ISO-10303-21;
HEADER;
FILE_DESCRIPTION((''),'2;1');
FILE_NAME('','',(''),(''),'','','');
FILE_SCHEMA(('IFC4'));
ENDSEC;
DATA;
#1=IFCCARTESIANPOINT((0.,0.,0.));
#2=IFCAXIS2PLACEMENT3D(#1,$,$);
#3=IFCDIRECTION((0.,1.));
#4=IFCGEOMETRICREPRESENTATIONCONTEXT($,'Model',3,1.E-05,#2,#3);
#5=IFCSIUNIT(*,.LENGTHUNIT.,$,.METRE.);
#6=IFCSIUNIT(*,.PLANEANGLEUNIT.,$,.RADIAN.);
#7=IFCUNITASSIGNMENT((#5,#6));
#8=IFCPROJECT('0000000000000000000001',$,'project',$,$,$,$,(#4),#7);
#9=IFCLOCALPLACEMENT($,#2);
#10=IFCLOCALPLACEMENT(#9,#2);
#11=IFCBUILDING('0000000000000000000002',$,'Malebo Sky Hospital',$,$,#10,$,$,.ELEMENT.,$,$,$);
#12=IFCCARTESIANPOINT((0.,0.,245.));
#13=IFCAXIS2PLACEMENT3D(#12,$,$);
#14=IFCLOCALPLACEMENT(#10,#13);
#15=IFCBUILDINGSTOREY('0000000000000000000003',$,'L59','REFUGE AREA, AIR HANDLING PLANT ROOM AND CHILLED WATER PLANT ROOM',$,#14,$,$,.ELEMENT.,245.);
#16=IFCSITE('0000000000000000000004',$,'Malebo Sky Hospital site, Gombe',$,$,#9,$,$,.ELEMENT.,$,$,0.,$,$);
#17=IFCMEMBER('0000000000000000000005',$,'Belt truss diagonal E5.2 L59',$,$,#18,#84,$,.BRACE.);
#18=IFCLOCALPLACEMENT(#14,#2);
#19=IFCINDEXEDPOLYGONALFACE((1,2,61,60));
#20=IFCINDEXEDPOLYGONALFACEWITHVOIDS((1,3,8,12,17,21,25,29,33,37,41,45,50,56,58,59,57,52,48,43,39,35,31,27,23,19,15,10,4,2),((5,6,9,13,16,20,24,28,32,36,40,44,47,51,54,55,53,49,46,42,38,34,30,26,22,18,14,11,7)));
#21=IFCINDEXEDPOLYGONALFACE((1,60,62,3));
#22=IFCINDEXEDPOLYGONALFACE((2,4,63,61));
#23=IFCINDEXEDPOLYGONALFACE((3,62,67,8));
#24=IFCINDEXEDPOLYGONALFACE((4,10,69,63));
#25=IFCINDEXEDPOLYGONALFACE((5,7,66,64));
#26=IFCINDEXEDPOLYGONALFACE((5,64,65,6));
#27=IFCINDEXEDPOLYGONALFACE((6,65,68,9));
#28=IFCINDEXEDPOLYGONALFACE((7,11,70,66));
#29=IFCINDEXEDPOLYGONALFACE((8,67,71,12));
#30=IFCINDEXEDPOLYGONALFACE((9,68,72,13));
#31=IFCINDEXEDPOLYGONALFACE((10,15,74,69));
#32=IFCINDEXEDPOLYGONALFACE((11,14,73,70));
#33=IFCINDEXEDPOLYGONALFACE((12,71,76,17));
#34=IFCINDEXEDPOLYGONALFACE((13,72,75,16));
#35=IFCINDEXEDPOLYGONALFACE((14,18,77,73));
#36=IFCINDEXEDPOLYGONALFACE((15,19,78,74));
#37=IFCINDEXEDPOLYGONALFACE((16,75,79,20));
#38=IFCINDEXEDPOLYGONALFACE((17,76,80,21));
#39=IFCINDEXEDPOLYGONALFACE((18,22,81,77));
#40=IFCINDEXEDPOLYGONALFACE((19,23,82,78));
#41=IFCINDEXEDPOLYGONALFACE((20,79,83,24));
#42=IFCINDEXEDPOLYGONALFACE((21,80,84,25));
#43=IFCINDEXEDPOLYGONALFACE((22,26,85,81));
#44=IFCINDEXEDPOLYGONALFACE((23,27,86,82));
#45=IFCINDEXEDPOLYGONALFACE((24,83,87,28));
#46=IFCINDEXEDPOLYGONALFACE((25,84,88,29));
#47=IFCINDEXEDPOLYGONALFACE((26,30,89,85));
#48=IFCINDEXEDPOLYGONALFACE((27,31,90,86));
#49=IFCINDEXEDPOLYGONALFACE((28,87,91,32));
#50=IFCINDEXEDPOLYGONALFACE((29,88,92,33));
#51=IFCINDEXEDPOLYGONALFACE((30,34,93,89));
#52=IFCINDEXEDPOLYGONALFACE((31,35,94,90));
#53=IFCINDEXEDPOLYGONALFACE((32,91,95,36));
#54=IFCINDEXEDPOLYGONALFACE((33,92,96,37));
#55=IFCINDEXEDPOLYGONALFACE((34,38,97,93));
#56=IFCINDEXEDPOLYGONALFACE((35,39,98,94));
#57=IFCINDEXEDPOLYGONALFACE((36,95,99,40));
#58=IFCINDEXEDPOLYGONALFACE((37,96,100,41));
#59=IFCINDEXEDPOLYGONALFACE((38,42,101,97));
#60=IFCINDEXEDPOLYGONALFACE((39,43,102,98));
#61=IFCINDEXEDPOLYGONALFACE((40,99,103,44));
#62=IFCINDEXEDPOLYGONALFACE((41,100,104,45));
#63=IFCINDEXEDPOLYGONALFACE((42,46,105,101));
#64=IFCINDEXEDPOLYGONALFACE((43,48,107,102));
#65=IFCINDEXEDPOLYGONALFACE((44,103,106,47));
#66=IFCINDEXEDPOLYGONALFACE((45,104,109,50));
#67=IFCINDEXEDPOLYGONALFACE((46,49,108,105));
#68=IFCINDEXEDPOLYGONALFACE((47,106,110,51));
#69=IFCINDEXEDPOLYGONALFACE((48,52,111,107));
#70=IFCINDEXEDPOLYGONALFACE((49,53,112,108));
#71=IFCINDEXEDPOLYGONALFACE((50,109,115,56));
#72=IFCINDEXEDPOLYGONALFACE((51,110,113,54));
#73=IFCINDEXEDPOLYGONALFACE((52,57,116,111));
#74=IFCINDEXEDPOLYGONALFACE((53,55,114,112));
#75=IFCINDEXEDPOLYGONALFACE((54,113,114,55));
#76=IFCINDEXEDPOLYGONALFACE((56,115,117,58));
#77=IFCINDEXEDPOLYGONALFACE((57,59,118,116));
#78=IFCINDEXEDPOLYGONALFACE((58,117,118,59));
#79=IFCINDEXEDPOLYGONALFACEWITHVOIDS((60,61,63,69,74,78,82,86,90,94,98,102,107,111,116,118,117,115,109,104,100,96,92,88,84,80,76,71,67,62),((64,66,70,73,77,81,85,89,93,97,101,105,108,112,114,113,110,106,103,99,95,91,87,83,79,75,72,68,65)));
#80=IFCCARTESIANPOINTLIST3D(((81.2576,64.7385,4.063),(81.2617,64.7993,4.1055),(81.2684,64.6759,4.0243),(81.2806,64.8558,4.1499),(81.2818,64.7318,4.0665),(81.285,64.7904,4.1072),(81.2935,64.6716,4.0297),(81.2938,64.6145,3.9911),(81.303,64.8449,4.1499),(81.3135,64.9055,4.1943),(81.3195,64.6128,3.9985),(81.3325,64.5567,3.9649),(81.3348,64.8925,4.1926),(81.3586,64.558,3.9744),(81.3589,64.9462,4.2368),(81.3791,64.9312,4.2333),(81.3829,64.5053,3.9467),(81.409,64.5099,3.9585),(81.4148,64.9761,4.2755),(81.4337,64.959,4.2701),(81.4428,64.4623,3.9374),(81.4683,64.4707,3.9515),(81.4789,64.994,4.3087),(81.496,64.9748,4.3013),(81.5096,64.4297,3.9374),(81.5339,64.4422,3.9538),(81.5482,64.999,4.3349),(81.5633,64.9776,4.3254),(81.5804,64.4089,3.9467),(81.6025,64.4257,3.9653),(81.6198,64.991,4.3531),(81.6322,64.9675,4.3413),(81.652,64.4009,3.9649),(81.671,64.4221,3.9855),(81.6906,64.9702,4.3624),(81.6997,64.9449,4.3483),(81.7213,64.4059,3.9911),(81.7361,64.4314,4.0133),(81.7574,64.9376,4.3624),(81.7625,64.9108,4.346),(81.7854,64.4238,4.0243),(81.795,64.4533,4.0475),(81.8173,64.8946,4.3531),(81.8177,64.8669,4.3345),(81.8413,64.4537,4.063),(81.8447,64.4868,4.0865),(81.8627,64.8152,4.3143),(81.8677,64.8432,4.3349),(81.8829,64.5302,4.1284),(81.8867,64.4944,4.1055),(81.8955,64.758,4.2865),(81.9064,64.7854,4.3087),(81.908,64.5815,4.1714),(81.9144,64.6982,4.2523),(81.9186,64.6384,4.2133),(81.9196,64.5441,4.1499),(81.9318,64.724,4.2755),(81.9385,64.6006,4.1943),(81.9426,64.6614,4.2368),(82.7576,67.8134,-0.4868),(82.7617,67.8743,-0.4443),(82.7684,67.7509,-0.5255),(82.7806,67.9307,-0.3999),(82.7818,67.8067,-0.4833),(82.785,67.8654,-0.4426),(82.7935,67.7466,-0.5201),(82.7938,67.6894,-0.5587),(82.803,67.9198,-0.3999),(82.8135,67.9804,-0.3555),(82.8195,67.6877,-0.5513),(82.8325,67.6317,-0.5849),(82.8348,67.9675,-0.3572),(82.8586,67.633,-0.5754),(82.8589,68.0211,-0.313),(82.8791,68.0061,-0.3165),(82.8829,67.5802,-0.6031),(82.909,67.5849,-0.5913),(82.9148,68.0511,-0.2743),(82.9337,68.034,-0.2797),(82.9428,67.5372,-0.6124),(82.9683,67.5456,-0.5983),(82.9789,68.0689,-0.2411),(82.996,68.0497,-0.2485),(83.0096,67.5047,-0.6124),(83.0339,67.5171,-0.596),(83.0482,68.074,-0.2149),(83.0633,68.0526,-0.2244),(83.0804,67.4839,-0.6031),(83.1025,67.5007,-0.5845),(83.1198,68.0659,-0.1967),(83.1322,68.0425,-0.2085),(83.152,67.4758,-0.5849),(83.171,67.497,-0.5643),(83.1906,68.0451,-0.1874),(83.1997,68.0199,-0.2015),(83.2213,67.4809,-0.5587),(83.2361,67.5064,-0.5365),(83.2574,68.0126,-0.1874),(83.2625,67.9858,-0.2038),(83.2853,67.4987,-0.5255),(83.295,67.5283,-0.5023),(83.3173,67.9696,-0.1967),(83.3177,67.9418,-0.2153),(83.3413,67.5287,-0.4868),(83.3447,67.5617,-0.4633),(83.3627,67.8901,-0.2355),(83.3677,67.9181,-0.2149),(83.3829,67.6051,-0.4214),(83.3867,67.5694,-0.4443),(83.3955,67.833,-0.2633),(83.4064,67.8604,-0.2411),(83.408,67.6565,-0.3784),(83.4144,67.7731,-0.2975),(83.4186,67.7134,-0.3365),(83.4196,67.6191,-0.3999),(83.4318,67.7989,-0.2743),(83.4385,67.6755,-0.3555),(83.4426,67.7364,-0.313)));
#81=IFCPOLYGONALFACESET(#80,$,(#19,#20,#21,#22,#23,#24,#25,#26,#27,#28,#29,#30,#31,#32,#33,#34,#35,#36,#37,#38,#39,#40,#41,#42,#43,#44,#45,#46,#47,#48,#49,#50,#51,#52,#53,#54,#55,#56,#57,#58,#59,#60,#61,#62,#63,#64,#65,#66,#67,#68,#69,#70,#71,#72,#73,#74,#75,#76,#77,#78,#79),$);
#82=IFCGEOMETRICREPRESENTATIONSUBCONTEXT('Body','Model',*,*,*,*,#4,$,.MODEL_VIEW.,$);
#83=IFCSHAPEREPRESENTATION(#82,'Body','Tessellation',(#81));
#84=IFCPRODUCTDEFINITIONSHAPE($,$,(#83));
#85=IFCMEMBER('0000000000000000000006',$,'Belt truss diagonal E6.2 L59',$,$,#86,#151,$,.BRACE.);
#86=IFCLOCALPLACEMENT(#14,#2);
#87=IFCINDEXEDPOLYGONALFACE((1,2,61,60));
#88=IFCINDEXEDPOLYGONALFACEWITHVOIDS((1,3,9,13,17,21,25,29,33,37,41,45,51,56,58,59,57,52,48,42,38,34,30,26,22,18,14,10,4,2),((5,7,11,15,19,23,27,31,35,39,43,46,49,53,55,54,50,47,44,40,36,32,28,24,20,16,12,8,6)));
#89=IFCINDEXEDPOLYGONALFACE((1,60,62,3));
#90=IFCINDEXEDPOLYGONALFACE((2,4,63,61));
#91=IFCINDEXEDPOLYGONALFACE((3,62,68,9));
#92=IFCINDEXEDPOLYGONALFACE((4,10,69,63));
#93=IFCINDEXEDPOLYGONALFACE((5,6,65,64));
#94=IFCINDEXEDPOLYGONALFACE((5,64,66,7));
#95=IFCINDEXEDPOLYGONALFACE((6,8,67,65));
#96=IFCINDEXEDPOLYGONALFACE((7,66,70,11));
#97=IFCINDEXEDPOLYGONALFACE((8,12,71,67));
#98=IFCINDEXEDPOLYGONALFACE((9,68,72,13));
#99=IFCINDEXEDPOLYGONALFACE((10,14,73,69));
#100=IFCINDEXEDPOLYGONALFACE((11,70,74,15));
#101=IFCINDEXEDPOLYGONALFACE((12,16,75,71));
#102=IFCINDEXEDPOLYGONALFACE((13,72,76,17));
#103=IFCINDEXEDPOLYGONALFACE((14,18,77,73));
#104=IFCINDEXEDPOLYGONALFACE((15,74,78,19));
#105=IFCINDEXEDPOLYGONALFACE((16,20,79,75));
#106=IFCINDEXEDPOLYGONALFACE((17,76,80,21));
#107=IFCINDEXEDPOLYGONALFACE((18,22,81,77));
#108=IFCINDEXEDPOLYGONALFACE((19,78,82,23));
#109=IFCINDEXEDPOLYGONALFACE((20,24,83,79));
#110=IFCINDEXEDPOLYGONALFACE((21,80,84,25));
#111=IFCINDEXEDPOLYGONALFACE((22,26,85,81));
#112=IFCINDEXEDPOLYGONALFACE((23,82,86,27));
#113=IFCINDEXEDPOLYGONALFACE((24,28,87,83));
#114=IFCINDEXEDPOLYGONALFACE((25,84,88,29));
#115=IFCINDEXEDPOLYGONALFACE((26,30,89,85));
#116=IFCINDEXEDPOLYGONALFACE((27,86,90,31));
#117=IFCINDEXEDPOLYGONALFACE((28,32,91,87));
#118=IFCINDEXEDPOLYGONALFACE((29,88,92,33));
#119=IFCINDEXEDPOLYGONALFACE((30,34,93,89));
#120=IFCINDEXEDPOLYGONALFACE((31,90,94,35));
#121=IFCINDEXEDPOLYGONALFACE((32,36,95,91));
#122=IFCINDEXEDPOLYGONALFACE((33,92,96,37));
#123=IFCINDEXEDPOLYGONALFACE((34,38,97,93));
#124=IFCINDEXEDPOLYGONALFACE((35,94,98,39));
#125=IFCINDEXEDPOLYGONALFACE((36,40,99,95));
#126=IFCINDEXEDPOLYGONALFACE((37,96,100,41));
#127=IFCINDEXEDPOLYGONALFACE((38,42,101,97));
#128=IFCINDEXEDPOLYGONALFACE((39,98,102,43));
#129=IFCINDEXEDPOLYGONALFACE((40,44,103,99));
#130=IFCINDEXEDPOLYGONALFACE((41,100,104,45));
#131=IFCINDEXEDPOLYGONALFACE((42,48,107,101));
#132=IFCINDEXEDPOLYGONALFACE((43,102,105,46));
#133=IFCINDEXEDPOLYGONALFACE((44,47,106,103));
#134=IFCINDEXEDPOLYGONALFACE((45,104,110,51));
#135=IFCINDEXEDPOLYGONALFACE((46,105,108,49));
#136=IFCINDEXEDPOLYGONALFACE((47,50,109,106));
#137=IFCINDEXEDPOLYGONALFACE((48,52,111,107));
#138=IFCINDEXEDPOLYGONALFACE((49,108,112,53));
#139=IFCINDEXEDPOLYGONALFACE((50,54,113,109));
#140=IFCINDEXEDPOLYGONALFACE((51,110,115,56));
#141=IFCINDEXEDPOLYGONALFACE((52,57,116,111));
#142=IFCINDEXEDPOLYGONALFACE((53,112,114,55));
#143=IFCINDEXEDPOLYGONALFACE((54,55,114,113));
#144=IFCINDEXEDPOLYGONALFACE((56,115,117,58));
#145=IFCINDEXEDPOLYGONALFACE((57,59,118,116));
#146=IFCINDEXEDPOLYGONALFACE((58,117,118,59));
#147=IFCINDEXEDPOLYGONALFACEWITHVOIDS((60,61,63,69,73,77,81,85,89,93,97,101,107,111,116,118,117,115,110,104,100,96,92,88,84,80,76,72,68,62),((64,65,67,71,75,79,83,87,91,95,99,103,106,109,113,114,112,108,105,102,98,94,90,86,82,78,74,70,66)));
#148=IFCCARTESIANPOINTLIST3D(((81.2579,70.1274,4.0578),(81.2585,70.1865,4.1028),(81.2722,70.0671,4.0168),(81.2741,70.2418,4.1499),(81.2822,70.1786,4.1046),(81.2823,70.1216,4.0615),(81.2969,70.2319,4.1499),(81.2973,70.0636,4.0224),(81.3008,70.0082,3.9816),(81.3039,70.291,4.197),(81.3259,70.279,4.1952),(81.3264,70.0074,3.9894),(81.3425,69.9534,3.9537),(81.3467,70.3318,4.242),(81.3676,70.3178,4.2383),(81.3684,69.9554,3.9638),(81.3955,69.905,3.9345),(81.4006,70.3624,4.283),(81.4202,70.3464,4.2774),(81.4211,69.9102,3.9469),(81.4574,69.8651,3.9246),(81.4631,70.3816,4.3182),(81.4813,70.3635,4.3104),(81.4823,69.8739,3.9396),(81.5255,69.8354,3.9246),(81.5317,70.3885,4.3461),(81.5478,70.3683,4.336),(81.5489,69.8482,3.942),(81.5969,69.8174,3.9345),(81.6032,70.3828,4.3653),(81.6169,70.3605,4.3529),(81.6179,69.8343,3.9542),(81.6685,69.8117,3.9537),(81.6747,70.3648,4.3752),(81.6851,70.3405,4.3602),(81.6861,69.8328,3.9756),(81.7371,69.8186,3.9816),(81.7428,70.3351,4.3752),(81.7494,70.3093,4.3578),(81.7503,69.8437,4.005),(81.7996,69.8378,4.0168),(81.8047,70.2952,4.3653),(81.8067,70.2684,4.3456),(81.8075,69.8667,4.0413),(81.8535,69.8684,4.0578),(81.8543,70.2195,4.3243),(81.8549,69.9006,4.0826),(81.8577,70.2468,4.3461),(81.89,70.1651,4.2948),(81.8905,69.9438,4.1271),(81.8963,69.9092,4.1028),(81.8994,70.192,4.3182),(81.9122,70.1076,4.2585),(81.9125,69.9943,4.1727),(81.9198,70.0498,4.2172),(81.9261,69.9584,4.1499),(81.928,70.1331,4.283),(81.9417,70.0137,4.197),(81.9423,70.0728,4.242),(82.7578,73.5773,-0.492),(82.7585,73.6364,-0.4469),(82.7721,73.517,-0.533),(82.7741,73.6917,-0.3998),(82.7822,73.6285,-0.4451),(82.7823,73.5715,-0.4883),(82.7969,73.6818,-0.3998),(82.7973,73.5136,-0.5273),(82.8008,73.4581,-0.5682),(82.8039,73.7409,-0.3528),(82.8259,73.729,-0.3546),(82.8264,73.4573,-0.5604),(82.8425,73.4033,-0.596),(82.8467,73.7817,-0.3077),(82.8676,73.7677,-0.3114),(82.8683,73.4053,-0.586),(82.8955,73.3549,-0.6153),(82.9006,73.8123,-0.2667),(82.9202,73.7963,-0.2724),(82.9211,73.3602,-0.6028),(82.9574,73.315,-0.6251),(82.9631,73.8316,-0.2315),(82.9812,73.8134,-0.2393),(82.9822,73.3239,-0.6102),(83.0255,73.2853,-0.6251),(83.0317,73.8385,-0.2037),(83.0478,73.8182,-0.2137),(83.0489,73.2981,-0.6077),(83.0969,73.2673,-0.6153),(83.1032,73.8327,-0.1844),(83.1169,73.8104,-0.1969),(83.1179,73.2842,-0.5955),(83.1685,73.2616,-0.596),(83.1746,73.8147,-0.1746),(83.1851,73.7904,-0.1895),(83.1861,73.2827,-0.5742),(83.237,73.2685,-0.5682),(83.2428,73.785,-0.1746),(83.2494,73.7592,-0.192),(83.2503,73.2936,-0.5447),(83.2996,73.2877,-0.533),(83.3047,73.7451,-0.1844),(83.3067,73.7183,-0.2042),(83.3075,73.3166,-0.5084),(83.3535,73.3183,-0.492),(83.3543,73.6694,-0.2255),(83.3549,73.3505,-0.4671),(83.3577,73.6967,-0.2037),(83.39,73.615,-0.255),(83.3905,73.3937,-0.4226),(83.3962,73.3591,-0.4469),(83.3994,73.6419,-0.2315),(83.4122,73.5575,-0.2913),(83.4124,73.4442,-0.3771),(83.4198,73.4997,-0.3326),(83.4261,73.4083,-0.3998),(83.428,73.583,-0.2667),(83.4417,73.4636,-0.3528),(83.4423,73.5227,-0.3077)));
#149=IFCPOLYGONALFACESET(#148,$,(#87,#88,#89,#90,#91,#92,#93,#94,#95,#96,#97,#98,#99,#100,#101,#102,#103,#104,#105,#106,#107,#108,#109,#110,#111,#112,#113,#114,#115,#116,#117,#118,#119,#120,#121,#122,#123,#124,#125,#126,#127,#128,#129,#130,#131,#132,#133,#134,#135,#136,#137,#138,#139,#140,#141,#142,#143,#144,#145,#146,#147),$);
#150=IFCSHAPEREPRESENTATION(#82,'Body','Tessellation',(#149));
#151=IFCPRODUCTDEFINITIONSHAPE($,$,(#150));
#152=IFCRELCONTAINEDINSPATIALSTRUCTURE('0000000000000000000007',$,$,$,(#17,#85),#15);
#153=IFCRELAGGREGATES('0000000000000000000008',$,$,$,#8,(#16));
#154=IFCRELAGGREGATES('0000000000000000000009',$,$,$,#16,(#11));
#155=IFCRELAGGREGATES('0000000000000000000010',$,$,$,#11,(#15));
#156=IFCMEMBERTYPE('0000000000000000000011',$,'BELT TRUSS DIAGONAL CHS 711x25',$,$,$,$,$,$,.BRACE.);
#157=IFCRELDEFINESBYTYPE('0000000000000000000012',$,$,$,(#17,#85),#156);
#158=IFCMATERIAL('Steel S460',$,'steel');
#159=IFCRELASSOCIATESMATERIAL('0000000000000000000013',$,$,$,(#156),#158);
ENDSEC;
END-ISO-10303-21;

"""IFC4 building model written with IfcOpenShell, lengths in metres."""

from ifc_helpers import new_model, si_unit, direction, frame, origin, origin_2d, place, context, subcontext, project, spatial, hollow_circle, extrude, material, material_profile, profile_set, type_object, element, save


model = new_model("IFC4")

# Units and contexts
model_context = context("Model", 3, precision=1e-05, world=origin(), true_north=direction((0.0, 1.0)))
body_context = subcontext(model_context, "Body", "Model", "MODEL_VIEW")
ifc_project = project(units=[si_unit("LENGTHUNIT", "METRE"), si_unit("PLANEANGLEUNIT", "RADIAN")], contexts=[model_context])

# Site, building, storey
site_placement = place(None, origin())
site = spatial("IfcSite", under=ifc_project, at=site_placement, Name="Malebo Sky Hospital site, Gombe", CompositionType="ELEMENT", RefElevation=0.0)
building_placement = place(site_placement, origin())
building = spatial("IfcBuilding", under=site, at=building_placement, Name="Malebo Sky Hospital", CompositionType="ELEMENT")
storey_placement = place(building_placement, frame((0.0, 0.0, 245.0)))
storey = spatial("IfcBuildingStorey", under=building, at=storey_placement, Name="L59", Description="REFUGE AREA, AIR HANDLING PLANT ROOM AND CHILLED WATER PLANT ROOM", CompositionType="ELEMENT", Elevation=245.0)

# Members
ifc_material_1 = material(Name="Steel S460", Category="steel")
ifc_material_profile_1 = material_profile(ifc_material_1, hollow_circle(Radius=0.3555, WallThickness=0.0249, at=origin_2d()), Name="CHS 711x25")
ifc_profile_set_1 = profile_set([ifc_material_profile_1], Name="Steel S460")
member_type_1 = type_object("IfcMemberType", Name="BELT TRUSS DIAGONAL CHS 711x25", PredefinedType="BRACE", material=ifc_profile_set_1)
member_1_placement = place(storey_placement, frame((81.6001, 64.7, 4.1499), z_axis=(0.263499, 0.540163, -0.799245), x_axis=(-0.898766, 0.438429, 0.0)))
element("IfcMember", 1, at=member_1_placement, inside=storey, type_object=member_type_1, Name="Belt truss diagonal E5.2 L59", PredefinedType="BRACE", context=body_context, shape_type="SweptSolid", body=[
    extrude(hollow_circle(Radius=0.3555, WallThickness=0.0249, at=origin_2d()), origin(), (0.0, 0.0, 1.0), 5.6926),
])
member_2_placement = place(storey_placement, frame((81.6001, 70.1001, 4.1499), z_axis=(0.254081, 0.584378, -0.770679), x_axis=(-0.917068, 0.398731, 0.0)))
element("IfcMember", 2, at=member_2_placement, inside=storey, type_object=member_type_1, Name="Belt truss diagonal E6.2 L59", PredefinedType="BRACE", context=body_context, shape_type="SweptSolid", body=[
    extrude(hollow_circle(Radius=0.3555, WallThickness=0.0249, at=origin_2d()), origin(), (0.0, 0.0, 1.0), 5.9036),
])

save(model, "model.ifc")
